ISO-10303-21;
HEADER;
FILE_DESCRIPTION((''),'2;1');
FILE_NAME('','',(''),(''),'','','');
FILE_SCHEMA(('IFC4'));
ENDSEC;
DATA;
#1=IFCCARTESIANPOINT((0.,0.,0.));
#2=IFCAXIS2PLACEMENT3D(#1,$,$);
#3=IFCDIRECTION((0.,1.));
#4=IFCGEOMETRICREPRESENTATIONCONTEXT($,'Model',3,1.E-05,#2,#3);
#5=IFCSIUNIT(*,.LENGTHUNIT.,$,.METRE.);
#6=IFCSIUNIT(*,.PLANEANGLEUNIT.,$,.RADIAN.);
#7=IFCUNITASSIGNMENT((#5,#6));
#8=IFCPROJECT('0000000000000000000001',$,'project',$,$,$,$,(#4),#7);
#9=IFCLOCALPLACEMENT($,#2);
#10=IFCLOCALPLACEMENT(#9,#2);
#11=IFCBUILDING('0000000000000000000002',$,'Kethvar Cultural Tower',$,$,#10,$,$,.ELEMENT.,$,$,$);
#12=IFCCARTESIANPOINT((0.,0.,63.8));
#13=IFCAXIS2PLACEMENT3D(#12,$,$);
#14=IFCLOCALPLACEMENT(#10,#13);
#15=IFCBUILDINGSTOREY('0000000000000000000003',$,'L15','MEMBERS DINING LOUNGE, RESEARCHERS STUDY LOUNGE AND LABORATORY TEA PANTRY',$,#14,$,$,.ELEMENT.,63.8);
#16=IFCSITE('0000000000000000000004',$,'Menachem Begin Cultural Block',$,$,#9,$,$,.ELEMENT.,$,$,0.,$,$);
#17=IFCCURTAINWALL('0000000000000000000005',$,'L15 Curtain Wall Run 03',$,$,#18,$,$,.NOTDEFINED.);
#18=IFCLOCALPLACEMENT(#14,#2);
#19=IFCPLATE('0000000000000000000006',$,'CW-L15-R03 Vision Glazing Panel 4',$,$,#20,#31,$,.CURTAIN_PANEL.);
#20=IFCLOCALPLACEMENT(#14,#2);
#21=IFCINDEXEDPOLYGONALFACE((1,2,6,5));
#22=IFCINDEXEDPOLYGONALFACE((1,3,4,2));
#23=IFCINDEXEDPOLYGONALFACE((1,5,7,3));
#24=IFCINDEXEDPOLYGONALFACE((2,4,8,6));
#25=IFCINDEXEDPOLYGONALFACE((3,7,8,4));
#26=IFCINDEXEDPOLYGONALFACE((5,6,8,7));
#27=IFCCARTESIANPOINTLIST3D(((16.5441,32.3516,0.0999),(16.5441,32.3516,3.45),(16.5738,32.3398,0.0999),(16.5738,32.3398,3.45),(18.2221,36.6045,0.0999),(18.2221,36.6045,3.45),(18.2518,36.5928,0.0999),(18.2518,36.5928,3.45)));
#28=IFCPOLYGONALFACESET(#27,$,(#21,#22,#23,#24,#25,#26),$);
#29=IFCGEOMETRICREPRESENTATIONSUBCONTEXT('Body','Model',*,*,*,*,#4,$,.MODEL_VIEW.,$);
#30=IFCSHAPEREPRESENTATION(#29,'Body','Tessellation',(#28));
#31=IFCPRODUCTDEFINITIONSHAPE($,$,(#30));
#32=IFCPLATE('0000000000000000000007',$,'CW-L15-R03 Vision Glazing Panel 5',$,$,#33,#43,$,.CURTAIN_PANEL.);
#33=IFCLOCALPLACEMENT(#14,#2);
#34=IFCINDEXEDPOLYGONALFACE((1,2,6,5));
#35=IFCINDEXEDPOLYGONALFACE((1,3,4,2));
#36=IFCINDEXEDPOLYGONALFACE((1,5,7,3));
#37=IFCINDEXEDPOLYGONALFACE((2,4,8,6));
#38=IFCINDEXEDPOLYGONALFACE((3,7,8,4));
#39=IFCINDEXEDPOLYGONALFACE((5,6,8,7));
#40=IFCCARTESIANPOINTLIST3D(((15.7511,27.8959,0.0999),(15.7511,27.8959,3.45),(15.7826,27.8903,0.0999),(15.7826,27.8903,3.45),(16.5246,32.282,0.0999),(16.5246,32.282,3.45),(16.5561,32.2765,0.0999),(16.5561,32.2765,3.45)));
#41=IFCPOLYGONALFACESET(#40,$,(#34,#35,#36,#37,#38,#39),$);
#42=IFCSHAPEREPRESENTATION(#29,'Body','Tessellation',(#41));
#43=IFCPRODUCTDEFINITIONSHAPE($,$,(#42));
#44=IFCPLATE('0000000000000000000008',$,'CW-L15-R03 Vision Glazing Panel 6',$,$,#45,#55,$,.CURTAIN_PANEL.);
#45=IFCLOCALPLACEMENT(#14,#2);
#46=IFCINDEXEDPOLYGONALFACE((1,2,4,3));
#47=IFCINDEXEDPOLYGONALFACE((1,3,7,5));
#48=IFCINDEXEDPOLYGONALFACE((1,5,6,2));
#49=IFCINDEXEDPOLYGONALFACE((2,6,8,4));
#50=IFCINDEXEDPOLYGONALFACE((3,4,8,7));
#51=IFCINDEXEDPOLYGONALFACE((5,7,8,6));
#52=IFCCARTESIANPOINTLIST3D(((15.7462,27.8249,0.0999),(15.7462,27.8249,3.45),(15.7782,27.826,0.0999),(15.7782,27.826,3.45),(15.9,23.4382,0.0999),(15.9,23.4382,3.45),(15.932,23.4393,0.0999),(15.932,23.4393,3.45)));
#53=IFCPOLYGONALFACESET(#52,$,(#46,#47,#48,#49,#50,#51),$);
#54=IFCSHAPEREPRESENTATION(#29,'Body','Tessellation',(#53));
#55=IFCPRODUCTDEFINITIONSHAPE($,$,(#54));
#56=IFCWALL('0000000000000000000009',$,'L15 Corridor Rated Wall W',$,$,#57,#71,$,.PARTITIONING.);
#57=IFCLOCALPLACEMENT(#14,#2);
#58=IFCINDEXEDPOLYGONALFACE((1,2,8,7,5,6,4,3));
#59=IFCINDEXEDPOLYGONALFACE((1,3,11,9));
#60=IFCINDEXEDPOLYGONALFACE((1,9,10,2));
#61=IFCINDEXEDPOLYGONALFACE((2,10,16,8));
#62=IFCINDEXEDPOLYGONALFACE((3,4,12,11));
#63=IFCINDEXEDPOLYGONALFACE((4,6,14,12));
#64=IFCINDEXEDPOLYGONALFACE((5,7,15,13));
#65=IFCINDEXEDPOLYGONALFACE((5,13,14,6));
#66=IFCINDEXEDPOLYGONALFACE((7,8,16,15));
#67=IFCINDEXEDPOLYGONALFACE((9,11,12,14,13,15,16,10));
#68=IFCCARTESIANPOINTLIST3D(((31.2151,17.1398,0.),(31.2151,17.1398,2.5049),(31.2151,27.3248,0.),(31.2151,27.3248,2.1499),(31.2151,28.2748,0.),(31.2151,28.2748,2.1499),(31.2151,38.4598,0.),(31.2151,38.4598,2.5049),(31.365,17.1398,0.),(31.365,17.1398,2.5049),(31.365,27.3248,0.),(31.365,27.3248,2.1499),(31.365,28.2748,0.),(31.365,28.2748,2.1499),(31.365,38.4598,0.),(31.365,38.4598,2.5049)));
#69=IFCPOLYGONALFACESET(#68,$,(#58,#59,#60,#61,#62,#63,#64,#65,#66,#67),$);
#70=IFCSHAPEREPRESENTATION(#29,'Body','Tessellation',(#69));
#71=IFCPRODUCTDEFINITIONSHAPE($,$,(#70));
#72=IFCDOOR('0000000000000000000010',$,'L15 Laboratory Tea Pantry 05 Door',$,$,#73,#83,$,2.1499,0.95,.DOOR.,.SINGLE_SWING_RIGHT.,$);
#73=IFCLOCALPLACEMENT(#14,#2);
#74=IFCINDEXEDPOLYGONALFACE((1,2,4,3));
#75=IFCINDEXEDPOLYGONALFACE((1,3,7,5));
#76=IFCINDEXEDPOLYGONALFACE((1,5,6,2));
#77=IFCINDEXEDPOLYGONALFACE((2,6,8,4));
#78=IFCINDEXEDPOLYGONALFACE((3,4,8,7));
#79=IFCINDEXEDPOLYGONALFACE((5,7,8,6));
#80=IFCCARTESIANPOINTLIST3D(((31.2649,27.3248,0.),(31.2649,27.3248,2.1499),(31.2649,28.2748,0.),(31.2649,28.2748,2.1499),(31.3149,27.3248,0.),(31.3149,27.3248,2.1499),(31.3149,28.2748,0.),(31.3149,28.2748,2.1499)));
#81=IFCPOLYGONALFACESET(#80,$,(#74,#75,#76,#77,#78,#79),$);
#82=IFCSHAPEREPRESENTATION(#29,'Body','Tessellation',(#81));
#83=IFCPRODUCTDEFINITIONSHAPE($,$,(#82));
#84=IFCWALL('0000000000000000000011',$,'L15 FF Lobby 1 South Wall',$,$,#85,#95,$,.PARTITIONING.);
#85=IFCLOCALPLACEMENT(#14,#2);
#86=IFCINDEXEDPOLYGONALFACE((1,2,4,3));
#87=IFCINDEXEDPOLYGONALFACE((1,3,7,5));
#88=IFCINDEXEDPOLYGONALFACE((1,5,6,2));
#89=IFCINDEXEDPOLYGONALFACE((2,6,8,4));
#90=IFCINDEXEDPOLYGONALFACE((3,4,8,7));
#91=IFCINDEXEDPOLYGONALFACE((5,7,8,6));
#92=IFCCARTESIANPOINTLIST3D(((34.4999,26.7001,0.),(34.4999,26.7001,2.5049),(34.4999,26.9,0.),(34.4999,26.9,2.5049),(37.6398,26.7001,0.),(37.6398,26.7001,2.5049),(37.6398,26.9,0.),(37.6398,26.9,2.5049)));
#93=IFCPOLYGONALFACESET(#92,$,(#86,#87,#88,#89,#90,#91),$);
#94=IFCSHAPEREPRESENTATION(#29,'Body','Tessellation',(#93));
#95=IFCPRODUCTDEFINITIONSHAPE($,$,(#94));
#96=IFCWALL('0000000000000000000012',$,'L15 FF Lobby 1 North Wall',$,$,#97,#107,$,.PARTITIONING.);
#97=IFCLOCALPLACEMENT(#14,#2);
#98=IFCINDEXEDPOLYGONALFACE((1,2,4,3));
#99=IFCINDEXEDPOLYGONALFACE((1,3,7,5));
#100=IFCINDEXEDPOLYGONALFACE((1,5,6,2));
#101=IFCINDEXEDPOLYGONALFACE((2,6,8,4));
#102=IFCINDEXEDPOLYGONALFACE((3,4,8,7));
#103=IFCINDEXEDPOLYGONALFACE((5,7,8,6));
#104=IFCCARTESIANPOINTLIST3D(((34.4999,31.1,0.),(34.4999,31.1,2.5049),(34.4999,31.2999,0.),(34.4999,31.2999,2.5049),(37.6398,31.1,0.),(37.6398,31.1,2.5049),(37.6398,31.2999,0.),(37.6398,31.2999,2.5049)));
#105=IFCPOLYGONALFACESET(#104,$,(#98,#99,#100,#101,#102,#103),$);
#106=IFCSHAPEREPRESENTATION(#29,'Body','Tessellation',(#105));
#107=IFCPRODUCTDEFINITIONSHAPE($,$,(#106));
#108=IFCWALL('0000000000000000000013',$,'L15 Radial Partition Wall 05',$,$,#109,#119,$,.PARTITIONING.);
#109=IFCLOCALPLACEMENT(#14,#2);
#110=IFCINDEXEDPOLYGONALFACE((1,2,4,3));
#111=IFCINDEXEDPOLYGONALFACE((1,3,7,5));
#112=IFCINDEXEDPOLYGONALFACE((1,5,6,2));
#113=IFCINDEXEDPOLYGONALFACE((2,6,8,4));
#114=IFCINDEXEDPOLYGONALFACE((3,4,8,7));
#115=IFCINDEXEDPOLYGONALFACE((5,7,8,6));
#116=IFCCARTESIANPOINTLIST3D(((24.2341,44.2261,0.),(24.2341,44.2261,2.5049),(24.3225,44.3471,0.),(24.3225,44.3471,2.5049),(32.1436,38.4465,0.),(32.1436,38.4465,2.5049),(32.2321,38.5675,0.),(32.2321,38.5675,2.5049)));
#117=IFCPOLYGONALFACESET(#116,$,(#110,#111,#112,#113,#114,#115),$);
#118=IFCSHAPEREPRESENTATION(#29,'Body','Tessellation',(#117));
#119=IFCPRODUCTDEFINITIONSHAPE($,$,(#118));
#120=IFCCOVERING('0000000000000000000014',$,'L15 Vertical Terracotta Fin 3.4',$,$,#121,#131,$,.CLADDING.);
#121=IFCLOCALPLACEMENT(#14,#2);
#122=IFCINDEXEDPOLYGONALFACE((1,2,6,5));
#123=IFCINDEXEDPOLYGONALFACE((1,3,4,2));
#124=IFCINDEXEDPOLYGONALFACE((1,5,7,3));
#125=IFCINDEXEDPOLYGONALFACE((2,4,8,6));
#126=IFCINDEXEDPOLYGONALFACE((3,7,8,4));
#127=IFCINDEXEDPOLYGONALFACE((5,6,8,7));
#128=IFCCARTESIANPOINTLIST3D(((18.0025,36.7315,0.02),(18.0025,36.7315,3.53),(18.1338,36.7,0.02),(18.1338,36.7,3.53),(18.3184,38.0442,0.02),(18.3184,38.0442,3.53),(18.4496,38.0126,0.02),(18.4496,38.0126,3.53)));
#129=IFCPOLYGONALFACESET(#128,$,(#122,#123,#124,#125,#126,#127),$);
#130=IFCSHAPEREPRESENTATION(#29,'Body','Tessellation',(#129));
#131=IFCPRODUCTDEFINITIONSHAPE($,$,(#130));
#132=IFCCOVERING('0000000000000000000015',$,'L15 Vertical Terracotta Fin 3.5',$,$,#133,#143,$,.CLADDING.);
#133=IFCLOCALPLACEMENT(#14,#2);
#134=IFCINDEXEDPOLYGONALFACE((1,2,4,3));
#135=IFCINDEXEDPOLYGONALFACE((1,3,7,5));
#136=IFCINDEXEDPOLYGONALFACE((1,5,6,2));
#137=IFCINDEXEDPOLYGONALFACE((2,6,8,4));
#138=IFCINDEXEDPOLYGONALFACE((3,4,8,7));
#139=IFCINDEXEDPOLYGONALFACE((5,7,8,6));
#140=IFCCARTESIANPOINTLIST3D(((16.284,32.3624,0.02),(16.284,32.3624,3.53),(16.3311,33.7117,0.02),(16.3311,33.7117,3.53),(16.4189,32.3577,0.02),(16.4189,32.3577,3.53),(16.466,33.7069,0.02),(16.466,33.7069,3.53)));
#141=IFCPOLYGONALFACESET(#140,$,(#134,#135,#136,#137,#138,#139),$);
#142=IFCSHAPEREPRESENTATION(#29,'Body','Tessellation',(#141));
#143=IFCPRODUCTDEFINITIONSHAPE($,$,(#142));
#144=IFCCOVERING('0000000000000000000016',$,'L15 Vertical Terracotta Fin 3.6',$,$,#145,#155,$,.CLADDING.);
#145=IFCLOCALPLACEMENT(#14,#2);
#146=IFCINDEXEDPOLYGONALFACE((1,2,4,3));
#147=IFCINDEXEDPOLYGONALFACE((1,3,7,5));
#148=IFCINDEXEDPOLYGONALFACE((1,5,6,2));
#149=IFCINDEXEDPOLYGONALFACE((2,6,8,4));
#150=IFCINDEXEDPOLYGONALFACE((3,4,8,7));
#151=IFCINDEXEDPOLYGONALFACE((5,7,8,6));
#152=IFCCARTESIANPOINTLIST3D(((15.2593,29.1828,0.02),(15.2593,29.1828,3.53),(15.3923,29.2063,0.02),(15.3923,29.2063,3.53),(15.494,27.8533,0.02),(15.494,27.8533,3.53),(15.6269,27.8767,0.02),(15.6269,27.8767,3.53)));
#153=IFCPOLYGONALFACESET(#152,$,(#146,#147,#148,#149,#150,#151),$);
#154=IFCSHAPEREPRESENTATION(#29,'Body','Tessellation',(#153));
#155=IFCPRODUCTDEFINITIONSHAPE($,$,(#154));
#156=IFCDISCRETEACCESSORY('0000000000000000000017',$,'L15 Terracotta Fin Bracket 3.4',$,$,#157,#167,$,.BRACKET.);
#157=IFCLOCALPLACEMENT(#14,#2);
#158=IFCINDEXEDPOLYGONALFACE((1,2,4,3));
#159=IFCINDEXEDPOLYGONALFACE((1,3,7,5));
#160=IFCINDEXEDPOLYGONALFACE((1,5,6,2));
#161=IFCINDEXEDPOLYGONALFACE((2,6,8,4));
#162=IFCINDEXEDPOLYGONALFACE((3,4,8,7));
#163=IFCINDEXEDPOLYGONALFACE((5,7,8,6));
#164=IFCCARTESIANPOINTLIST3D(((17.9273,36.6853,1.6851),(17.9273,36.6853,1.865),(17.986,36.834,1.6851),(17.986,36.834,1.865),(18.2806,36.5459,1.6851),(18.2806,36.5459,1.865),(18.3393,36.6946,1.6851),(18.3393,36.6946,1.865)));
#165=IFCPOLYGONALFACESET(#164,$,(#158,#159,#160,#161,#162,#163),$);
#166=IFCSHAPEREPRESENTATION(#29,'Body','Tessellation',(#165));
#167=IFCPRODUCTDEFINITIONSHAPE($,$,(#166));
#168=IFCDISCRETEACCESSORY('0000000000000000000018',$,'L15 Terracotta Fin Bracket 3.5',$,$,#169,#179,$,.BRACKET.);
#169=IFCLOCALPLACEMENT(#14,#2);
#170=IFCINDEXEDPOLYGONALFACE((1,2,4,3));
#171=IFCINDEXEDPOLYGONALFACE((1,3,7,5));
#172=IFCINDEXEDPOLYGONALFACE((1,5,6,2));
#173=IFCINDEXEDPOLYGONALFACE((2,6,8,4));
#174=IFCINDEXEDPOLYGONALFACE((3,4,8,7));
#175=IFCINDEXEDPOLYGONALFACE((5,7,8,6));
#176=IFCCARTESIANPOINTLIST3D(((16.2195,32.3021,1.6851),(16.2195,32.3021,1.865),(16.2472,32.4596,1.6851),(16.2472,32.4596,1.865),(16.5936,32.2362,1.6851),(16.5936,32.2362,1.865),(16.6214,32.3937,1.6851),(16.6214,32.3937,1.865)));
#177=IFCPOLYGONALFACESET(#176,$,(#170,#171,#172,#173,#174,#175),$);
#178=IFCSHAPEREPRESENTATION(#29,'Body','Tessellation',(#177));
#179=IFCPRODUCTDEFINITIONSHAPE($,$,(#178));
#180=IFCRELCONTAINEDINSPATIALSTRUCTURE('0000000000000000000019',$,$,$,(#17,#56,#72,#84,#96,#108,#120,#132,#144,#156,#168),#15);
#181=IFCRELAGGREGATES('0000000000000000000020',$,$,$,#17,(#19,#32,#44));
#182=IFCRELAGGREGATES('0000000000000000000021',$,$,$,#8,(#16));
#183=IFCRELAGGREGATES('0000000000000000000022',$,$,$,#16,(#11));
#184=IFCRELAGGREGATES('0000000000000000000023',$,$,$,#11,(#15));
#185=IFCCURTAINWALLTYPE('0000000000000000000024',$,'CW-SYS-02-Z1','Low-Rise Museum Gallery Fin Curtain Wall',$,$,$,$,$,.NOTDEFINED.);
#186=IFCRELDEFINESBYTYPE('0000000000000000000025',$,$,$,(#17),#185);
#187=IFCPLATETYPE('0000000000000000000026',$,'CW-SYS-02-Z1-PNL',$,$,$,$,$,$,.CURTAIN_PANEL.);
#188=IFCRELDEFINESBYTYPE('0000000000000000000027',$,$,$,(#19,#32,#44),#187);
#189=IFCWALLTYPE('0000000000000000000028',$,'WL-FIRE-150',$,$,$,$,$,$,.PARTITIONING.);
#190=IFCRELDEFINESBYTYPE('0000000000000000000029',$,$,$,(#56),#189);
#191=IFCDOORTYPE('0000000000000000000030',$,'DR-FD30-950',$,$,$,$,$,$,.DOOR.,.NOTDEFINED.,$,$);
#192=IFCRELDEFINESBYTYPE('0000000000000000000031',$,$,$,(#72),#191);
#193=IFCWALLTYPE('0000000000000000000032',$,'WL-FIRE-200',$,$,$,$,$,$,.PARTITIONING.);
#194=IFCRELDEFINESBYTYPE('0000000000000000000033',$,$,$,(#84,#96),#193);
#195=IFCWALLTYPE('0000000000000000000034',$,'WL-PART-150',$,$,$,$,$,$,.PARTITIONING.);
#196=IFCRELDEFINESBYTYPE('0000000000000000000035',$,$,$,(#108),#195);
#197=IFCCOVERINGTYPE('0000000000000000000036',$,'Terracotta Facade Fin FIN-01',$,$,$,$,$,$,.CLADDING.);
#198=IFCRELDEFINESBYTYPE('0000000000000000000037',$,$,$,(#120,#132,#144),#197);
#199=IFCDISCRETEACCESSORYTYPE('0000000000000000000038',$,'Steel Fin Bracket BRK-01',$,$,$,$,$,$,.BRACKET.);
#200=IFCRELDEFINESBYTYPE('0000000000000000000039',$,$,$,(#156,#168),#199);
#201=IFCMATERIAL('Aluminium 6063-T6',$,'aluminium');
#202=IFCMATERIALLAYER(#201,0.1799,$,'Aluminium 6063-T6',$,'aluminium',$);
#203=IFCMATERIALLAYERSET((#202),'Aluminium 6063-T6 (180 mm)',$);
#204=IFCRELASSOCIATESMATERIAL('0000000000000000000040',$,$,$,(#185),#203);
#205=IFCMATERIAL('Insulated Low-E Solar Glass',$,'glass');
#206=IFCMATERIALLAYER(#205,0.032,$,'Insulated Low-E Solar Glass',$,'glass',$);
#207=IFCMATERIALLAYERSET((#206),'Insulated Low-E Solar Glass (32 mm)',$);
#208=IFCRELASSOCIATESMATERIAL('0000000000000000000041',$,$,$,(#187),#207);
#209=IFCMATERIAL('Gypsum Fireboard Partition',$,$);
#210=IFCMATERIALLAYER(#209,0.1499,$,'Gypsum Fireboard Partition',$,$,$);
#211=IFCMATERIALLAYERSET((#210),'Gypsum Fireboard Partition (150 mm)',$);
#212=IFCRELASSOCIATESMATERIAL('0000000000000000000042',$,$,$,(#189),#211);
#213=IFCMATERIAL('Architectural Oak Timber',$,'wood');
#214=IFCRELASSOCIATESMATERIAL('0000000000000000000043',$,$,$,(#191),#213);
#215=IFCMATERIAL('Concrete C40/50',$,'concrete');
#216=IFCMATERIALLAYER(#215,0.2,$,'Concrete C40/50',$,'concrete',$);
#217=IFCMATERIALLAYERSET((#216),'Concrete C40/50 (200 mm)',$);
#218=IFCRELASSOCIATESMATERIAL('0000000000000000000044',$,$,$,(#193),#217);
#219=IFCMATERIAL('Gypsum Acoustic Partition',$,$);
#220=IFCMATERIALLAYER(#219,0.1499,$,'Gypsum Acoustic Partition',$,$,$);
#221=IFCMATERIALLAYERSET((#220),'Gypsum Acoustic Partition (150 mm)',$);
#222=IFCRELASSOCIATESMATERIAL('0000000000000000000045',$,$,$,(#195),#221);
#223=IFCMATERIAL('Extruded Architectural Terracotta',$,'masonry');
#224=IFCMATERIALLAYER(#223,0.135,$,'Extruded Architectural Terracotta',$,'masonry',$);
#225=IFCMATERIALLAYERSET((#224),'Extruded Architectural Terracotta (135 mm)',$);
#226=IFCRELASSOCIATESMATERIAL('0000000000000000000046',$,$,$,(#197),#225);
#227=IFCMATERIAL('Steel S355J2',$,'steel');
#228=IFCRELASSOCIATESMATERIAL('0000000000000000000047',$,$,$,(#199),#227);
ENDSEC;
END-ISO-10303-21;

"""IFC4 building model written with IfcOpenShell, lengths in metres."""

from ifc_helpers import new_model, si_unit, direction, frame, frame_2d, origin, origin_2d, place, context, subcontext, project, spatial, rectangle, extrude, source, transform, mapped, material, layer, layer_set, type_object, element, fill, aggregate, save


model = new_model("IFC4")

# Units and contexts
model_context = context("Model", 3, precision=1e-05, world=origin(), true_north=direction((0.0, 1.0)))
body_context = subcontext(model_context, "Body", "Model", "MODEL_VIEW")
ifc_project = project(units=[si_unit("LENGTHUNIT", "METRE"), si_unit("PLANEANGLEUNIT", "RADIAN")], contexts=[model_context])

# Site, building, storey
site_placement = place(None, origin())
site = spatial("IfcSite", under=ifc_project, at=site_placement, Name="Menachem Begin Cultural Block", CompositionType="ELEMENT", RefElevation=0.0)
building_placement = place(site_placement, origin())
building = spatial("IfcBuilding", under=site, at=building_placement, Name="Kethvar Cultural Tower", CompositionType="ELEMENT")
storey_placement = place(building_placement, frame((0.0, 0.0, 63.8)))
storey = spatial("IfcBuildingStorey", under=building, at=storey_placement, Name="L15", Description="MEMBERS DINING LOUNGE, RESEARCHERS STUDY LOUNGE AND LABORATORY TEA PANTRY", CompositionType="ELEMENT", Elevation=63.8)

# Shared definitions
ifc_material_1 = material(Name="Steel S355J2", Category="steel")

# Curtain wall, plates
ifc_material_2 = material(Name="Aluminium 6063-T6", Category="aluminium")
ifc_layer_1 = layer(ifc_material_2, 0.1799, Name="Aluminium 6063-T6", Category="aluminium")
ifc_layer_set_1 = layer_set([ifc_layer_1], Name="Aluminium 6063-T6 (180 mm)")
curtain_wall_type = type_object("IfcCurtainWallType", Name="CW-SYS-02-Z1", Description="Low-Rise Museum Gallery Fin Curtain Wall", PredefinedType="NOTDEFINED", material=ifc_layer_set_1)
curtain_wall_placement = place(storey_placement, origin())
curtain_wall = element("IfcCurtainWall", 1, at=curtain_wall_placement, inside=storey, type_object=curtain_wall_type, Name="L15 Curtain Wall Run 03", PredefinedType="NOTDEFINED")
ifc_material_3 = material(Name="Insulated Low-E Solar Glass", Category="glass")
ifc_layer_2 = layer(ifc_material_3, 0.032, Name="Insulated Low-E Solar Glass", Category="glass")
ifc_layer_set_2 = layer_set([ifc_layer_2], Name="Insulated Low-E Solar Glass (32 mm)")
plate_type = type_object("IfcPlateType", Name="CW-SYS-02-Z1-PNL", PredefinedType="CURTAIN_PANEL", material=ifc_layer_set_2)
shared_shape_1 = source(origin(), body_context, "Body", "SweptSolid", [
    extrude(rectangle(XDim=4.572, YDim=0.032, at=origin_2d()), origin(), (0.0, 0.0, 1.0), 3.3501),
])
plate_1_placement = place(storey_placement, frame((17.3979, 34.4722, 0.0999), z_axis=(0.0, 0.0, 1.0), x_axis=(-0.367021, -0.930213, 0.0)))
plate_1 = element("IfcPlate", 2, at=plate_1_placement, type_object=plate_type, Name="CW-L15-R03 Vision Glazing Panel 4", PredefinedType="CURTAIN_PANEL", context=body_context, shape_type="MappedRepresentation", body=[
    mapped(shared_shape_1, transform((0.0, 0.0, 0.0), scale=1.0)),
])
shared_shape_2 = source(origin(), body_context, "Body", "SweptSolid", [
    extrude(rectangle(XDim=4.4539, YDim=0.032, at=origin_2d()), origin(), (0.0, 0.0, 1.0), 3.3501),
])
plate_2_placement = place(storey_placement, frame((16.1536, 30.0862, 0.0999), z_axis=(0.0, 0.0, 1.0), x_axis=(-0.173665, -0.984805, 0.0)))
plate_2 = element("IfcPlate", 3, at=plate_2_placement, type_object=plate_type, Name="CW-L15-R03 Vision Glazing Panel 5", PredefinedType="CURTAIN_PANEL", context=body_context, shape_type="MappedRepresentation", body=[
    mapped(shared_shape_2, transform((0.0, 0.0, 0.0), scale=1.0)),
])
shared_shape_3 = source(origin(), body_context, "Body", "SweptSolid", [
    extrude(rectangle(XDim=4.3894, YDim=0.032, at=origin_2d()), origin(), (0.0, 0.0, 1.0), 3.3501),
])
plate_3_placement = place(storey_placement, frame((15.8391, 25.6321, 0.0999), z_axis=(0.0, 0.0, 1.0), x_axis=(0.035039, -0.999386, 0.0)))
plate_3 = element("IfcPlate", 4, at=plate_3_placement, type_object=plate_type, Name="CW-L15-R03 Vision Glazing Panel 6", PredefinedType="CURTAIN_PANEL", context=body_context, shape_type="MappedRepresentation", body=[
    mapped(shared_shape_3, transform((0.0, 0.0, 0.0), scale=1.0)),
])
aggregate(curtain_wall, [plate_1, plate_2, plate_3])

# Wall, opening, door
ifc_material_4 = material(Name="Gypsum Fireboard Partition")
ifc_layer_3 = layer(ifc_material_4, 0.1499, Name="Gypsum Fireboard Partition")
ifc_layer_set_3 = layer_set([ifc_layer_3], Name="Gypsum Fireboard Partition (150 mm)")
wall_type_1 = type_object("IfcWallType", Name="WL-FIRE-150", PredefinedType="PARTITIONING", material=ifc_layer_set_3)
wall_1_placement = place(storey_placement, frame((31.29, 38.46, 0.0), z_axis=(0.0, 0.0, 1.0), x_axis=(0.0, -1.0, 0.0)))
wall_1 = element("IfcWall", 5, at=wall_1_placement, inside=storey, type_object=wall_type_1, Name="L15 Corridor Rated Wall W", PredefinedType="PARTITIONING", context=body_context, shape_type="SweptSolid", body=[
    extrude(rectangle(XDim=21.3201, YDim=0.1499, at=frame_2d((10.6602, 0.0))), origin(), (0.0, 0.0, 1.0), 2.5049),
])
opening_1_placement = place(wall_1_placement, frame((10.1851, 0.0, 0.0)))
opening_1 = element("IfcOpeningElement", 6, at=opening_1_placement, cuts=wall_1, PredefinedType="OPENING", context=body_context, shape_type="SweptSolid", body=[
    extrude(rectangle(XDim=0.95, YDim=2.1499, at=frame_2d((0.4751, 1.075))), frame((0.0, 0.085, 0.0), z_axis=(0.0, -1.0, 0.0), x_axis=(1.0, 0.0, 0.0)), (0.0, 0.0, 1.0), 0.1699),
])
ifc_material_5 = material(Name="Architectural Oak Timber", Category="wood")
door_type_1 = type_object("IfcDoorType", Name="DR-FD30-950", OperationType="NOTDEFINED", PredefinedType="DOOR", material=ifc_material_5)
shared_shape_4 = source(origin(), body_context, "Body", "SweptSolid", [
    extrude(rectangle(XDim=0.95, YDim=2.1499, at=frame_2d((0.4751, 1.075))), frame((0.0, 0.0249, 0.0), z_axis=(0.0, -1.0, 0.0), x_axis=(1.0, 0.0, 0.0)), (0.0, 0.0, 1.0), 0.05),
])
door_1_placement = place(opening_1_placement, origin())
door_1 = element("IfcDoor", 7, at=door_1_placement, inside=storey, type_object=door_type_1, Name="L15 Laboratory Tea Pantry 05 Door", OperationType="SINGLE_SWING_RIGHT", OverallHeight=2.1499, OverallWidth=0.95, PredefinedType="DOOR", context=body_context, shape_type="MappedRepresentation", body=[
    mapped(shared_shape_4, transform((0.0, 0.0, 0.0), scale=1.0)),
])
fill(opening_1, door_1)
ifc_material_6 = material(Name="Concrete C40/50", Category="concrete")
ifc_layer_4 = layer(ifc_material_6, 0.2, Name="Concrete C40/50", Category="concrete")
ifc_layer_set_4 = layer_set([ifc_layer_4], Name="Concrete C40/50 (200 mm)")
wall_type_2 = type_object("IfcWallType", Name="WL-FIRE-200", PredefinedType="PARTITIONING", material=ifc_layer_set_4)

# Walls
for number, where, z_axis, x_axis, name in (
    (8, (34.5, 26.8, 0.0), (0.0, 0.0, 1.0), (1.0, 0.0, 0.0), "L15 FF Lobby 1 South Wall"),
    (9, (34.5, 31.2, 0.0), (0.0, 0.0, 1.0), (1.0, 0.0, 0.0), "L15 FF Lobby 1 North Wall"),
):
    element("IfcWall", number, at=place(storey_placement, frame(where, z_axis=z_axis, x_axis=x_axis)), inside=storey, type_object=wall_type_2, Name=name, PredefinedType="PARTITIONING", context=body_context, shape_type="SweptSolid", body=[
        extrude(rectangle(XDim=3.1399, YDim=0.2, at=frame_2d((1.5698, 0.0))), origin(), (0.0, 0.0, 1.0), 2.5049),
    ])
ifc_material_7 = material(Name="Gypsum Acoustic Partition")
ifc_layer_5 = layer(ifc_material_7, 0.1499, Name="Gypsum Acoustic Partition")
ifc_layer_set_5 = layer_set([ifc_layer_5], Name="Gypsum Acoustic Partition (150 mm)")
wall_type_3 = type_object("IfcWallType", Name="WL-PART-150", PredefinedType="PARTITIONING", material=ifc_layer_set_5)
wall_2_placement = place(storey_placement, frame((32.1877, 38.5071, 0.0), z_axis=(0.0, 0.0, 1.0), x_axis=(-0.807412, 0.589988, 0.0)))
element("IfcWall", 10, at=wall_2_placement, inside=storey, type_object=wall_type_3, Name="L15 Radial Partition Wall 05", PredefinedType="PARTITIONING", context=body_context, shape_type="SweptSolid", body=[
    extrude(rectangle(XDim=9.7961, YDim=0.1499, at=frame_2d((4.8979, 0.0))), origin(), (0.0, 0.0, 1.0), 2.5049),
])

# Coverings
ifc_material_8 = material(Name="Extruded Architectural Terracotta", Category="masonry")
ifc_layer_6 = layer(ifc_material_8, 0.135, Name="Extruded Architectural Terracotta", Category="masonry")
ifc_layer_set_6 = layer_set([ifc_layer_6], Name="Extruded Architectural Terracotta (135 mm)")
covering_type = type_object("IfcCoveringType", Name="Terracotta Facade Fin FIN-01", PredefinedType="CLADDING", material=ifc_layer_set_6)
shared_shape_5 = source(origin(), body_context, "Body", "SweptSolid", [
    extrude(rectangle(XDim=1.3501, YDim=0.135, at=origin_2d()), origin(), (0.0, 0.0, 1.0), 3.51),
])
for number, where, z_axis, x_axis, name in (
    (11, (18.2261, 37.3721, 0.02), (0.0, 0.0, 1.0), (0.233954, 0.972248, 0.0), "L15 Vertical Terracotta Fin 3.4"),
    (12, (16.375, 33.0347, 0.02), (0.0, 0.0, 1.0), (0.034899, 0.999391, 0.0), "L15 Vertical Terracotta Fin 3.5"),
    (13, (15.4431, 28.5298, 0.02), (0.0, 0.0, 1.0), (-0.17382, 0.984777, 0.0), "L15 Vertical Terracotta Fin 3.6"),
):
    element("IfcCovering", number, at=place(storey_placement, frame(where, z_axis=z_axis, x_axis=x_axis)), inside=storey, type_object=covering_type, Name=name, PredefinedType="CLADDING", context=body_context, shape_type="MappedRepresentation", body=[
        mapped(shared_shape_5, transform((0.0, 0.0, 0.0), scale=1.0)),
    ])

# Discrete accessories
discrete_accessory_type = type_object("IfcDiscreteAccessoryType", Name="Steel Fin Bracket BRK-01", PredefinedType="BRACKET", material=ifc_material_1)
shared_shape_6 = source(origin(), body_context, "Body", "SweptSolid", [
    extrude(rectangle(XDim=0.3799, YDim=0.1599, at=origin_2d()), origin(), (0.0, 0.0, 1.0), 0.1799),
])
for number, where, z_axis, x_axis, name in (
    (14, (18.1333, 36.6899, 1.6851), (0.0, 0.0, 1.0), (-0.930226, 0.366988, 0.0), "L15 Terracotta Fin Bracket 3.4"),
    (15, (16.4204, 32.3479, 1.6851), (0.0, 0.0, 1.0), (-0.984808, 0.173648, 0.0), "L15 Terracotta Fin Bracket 3.5"),
):
    element("IfcDiscreteAccessory", number, at=place(storey_placement, frame(where, z_axis=z_axis, x_axis=x_axis)), inside=storey, type_object=discrete_accessory_type, Name=name, PredefinedType="BRACKET", context=body_context, shape_type="MappedRepresentation", body=[
        mapped(shared_shape_6, transform((0.0, 0.0, 0.0), scale=1.0)),
    ])

save(model, "model.ifc")
